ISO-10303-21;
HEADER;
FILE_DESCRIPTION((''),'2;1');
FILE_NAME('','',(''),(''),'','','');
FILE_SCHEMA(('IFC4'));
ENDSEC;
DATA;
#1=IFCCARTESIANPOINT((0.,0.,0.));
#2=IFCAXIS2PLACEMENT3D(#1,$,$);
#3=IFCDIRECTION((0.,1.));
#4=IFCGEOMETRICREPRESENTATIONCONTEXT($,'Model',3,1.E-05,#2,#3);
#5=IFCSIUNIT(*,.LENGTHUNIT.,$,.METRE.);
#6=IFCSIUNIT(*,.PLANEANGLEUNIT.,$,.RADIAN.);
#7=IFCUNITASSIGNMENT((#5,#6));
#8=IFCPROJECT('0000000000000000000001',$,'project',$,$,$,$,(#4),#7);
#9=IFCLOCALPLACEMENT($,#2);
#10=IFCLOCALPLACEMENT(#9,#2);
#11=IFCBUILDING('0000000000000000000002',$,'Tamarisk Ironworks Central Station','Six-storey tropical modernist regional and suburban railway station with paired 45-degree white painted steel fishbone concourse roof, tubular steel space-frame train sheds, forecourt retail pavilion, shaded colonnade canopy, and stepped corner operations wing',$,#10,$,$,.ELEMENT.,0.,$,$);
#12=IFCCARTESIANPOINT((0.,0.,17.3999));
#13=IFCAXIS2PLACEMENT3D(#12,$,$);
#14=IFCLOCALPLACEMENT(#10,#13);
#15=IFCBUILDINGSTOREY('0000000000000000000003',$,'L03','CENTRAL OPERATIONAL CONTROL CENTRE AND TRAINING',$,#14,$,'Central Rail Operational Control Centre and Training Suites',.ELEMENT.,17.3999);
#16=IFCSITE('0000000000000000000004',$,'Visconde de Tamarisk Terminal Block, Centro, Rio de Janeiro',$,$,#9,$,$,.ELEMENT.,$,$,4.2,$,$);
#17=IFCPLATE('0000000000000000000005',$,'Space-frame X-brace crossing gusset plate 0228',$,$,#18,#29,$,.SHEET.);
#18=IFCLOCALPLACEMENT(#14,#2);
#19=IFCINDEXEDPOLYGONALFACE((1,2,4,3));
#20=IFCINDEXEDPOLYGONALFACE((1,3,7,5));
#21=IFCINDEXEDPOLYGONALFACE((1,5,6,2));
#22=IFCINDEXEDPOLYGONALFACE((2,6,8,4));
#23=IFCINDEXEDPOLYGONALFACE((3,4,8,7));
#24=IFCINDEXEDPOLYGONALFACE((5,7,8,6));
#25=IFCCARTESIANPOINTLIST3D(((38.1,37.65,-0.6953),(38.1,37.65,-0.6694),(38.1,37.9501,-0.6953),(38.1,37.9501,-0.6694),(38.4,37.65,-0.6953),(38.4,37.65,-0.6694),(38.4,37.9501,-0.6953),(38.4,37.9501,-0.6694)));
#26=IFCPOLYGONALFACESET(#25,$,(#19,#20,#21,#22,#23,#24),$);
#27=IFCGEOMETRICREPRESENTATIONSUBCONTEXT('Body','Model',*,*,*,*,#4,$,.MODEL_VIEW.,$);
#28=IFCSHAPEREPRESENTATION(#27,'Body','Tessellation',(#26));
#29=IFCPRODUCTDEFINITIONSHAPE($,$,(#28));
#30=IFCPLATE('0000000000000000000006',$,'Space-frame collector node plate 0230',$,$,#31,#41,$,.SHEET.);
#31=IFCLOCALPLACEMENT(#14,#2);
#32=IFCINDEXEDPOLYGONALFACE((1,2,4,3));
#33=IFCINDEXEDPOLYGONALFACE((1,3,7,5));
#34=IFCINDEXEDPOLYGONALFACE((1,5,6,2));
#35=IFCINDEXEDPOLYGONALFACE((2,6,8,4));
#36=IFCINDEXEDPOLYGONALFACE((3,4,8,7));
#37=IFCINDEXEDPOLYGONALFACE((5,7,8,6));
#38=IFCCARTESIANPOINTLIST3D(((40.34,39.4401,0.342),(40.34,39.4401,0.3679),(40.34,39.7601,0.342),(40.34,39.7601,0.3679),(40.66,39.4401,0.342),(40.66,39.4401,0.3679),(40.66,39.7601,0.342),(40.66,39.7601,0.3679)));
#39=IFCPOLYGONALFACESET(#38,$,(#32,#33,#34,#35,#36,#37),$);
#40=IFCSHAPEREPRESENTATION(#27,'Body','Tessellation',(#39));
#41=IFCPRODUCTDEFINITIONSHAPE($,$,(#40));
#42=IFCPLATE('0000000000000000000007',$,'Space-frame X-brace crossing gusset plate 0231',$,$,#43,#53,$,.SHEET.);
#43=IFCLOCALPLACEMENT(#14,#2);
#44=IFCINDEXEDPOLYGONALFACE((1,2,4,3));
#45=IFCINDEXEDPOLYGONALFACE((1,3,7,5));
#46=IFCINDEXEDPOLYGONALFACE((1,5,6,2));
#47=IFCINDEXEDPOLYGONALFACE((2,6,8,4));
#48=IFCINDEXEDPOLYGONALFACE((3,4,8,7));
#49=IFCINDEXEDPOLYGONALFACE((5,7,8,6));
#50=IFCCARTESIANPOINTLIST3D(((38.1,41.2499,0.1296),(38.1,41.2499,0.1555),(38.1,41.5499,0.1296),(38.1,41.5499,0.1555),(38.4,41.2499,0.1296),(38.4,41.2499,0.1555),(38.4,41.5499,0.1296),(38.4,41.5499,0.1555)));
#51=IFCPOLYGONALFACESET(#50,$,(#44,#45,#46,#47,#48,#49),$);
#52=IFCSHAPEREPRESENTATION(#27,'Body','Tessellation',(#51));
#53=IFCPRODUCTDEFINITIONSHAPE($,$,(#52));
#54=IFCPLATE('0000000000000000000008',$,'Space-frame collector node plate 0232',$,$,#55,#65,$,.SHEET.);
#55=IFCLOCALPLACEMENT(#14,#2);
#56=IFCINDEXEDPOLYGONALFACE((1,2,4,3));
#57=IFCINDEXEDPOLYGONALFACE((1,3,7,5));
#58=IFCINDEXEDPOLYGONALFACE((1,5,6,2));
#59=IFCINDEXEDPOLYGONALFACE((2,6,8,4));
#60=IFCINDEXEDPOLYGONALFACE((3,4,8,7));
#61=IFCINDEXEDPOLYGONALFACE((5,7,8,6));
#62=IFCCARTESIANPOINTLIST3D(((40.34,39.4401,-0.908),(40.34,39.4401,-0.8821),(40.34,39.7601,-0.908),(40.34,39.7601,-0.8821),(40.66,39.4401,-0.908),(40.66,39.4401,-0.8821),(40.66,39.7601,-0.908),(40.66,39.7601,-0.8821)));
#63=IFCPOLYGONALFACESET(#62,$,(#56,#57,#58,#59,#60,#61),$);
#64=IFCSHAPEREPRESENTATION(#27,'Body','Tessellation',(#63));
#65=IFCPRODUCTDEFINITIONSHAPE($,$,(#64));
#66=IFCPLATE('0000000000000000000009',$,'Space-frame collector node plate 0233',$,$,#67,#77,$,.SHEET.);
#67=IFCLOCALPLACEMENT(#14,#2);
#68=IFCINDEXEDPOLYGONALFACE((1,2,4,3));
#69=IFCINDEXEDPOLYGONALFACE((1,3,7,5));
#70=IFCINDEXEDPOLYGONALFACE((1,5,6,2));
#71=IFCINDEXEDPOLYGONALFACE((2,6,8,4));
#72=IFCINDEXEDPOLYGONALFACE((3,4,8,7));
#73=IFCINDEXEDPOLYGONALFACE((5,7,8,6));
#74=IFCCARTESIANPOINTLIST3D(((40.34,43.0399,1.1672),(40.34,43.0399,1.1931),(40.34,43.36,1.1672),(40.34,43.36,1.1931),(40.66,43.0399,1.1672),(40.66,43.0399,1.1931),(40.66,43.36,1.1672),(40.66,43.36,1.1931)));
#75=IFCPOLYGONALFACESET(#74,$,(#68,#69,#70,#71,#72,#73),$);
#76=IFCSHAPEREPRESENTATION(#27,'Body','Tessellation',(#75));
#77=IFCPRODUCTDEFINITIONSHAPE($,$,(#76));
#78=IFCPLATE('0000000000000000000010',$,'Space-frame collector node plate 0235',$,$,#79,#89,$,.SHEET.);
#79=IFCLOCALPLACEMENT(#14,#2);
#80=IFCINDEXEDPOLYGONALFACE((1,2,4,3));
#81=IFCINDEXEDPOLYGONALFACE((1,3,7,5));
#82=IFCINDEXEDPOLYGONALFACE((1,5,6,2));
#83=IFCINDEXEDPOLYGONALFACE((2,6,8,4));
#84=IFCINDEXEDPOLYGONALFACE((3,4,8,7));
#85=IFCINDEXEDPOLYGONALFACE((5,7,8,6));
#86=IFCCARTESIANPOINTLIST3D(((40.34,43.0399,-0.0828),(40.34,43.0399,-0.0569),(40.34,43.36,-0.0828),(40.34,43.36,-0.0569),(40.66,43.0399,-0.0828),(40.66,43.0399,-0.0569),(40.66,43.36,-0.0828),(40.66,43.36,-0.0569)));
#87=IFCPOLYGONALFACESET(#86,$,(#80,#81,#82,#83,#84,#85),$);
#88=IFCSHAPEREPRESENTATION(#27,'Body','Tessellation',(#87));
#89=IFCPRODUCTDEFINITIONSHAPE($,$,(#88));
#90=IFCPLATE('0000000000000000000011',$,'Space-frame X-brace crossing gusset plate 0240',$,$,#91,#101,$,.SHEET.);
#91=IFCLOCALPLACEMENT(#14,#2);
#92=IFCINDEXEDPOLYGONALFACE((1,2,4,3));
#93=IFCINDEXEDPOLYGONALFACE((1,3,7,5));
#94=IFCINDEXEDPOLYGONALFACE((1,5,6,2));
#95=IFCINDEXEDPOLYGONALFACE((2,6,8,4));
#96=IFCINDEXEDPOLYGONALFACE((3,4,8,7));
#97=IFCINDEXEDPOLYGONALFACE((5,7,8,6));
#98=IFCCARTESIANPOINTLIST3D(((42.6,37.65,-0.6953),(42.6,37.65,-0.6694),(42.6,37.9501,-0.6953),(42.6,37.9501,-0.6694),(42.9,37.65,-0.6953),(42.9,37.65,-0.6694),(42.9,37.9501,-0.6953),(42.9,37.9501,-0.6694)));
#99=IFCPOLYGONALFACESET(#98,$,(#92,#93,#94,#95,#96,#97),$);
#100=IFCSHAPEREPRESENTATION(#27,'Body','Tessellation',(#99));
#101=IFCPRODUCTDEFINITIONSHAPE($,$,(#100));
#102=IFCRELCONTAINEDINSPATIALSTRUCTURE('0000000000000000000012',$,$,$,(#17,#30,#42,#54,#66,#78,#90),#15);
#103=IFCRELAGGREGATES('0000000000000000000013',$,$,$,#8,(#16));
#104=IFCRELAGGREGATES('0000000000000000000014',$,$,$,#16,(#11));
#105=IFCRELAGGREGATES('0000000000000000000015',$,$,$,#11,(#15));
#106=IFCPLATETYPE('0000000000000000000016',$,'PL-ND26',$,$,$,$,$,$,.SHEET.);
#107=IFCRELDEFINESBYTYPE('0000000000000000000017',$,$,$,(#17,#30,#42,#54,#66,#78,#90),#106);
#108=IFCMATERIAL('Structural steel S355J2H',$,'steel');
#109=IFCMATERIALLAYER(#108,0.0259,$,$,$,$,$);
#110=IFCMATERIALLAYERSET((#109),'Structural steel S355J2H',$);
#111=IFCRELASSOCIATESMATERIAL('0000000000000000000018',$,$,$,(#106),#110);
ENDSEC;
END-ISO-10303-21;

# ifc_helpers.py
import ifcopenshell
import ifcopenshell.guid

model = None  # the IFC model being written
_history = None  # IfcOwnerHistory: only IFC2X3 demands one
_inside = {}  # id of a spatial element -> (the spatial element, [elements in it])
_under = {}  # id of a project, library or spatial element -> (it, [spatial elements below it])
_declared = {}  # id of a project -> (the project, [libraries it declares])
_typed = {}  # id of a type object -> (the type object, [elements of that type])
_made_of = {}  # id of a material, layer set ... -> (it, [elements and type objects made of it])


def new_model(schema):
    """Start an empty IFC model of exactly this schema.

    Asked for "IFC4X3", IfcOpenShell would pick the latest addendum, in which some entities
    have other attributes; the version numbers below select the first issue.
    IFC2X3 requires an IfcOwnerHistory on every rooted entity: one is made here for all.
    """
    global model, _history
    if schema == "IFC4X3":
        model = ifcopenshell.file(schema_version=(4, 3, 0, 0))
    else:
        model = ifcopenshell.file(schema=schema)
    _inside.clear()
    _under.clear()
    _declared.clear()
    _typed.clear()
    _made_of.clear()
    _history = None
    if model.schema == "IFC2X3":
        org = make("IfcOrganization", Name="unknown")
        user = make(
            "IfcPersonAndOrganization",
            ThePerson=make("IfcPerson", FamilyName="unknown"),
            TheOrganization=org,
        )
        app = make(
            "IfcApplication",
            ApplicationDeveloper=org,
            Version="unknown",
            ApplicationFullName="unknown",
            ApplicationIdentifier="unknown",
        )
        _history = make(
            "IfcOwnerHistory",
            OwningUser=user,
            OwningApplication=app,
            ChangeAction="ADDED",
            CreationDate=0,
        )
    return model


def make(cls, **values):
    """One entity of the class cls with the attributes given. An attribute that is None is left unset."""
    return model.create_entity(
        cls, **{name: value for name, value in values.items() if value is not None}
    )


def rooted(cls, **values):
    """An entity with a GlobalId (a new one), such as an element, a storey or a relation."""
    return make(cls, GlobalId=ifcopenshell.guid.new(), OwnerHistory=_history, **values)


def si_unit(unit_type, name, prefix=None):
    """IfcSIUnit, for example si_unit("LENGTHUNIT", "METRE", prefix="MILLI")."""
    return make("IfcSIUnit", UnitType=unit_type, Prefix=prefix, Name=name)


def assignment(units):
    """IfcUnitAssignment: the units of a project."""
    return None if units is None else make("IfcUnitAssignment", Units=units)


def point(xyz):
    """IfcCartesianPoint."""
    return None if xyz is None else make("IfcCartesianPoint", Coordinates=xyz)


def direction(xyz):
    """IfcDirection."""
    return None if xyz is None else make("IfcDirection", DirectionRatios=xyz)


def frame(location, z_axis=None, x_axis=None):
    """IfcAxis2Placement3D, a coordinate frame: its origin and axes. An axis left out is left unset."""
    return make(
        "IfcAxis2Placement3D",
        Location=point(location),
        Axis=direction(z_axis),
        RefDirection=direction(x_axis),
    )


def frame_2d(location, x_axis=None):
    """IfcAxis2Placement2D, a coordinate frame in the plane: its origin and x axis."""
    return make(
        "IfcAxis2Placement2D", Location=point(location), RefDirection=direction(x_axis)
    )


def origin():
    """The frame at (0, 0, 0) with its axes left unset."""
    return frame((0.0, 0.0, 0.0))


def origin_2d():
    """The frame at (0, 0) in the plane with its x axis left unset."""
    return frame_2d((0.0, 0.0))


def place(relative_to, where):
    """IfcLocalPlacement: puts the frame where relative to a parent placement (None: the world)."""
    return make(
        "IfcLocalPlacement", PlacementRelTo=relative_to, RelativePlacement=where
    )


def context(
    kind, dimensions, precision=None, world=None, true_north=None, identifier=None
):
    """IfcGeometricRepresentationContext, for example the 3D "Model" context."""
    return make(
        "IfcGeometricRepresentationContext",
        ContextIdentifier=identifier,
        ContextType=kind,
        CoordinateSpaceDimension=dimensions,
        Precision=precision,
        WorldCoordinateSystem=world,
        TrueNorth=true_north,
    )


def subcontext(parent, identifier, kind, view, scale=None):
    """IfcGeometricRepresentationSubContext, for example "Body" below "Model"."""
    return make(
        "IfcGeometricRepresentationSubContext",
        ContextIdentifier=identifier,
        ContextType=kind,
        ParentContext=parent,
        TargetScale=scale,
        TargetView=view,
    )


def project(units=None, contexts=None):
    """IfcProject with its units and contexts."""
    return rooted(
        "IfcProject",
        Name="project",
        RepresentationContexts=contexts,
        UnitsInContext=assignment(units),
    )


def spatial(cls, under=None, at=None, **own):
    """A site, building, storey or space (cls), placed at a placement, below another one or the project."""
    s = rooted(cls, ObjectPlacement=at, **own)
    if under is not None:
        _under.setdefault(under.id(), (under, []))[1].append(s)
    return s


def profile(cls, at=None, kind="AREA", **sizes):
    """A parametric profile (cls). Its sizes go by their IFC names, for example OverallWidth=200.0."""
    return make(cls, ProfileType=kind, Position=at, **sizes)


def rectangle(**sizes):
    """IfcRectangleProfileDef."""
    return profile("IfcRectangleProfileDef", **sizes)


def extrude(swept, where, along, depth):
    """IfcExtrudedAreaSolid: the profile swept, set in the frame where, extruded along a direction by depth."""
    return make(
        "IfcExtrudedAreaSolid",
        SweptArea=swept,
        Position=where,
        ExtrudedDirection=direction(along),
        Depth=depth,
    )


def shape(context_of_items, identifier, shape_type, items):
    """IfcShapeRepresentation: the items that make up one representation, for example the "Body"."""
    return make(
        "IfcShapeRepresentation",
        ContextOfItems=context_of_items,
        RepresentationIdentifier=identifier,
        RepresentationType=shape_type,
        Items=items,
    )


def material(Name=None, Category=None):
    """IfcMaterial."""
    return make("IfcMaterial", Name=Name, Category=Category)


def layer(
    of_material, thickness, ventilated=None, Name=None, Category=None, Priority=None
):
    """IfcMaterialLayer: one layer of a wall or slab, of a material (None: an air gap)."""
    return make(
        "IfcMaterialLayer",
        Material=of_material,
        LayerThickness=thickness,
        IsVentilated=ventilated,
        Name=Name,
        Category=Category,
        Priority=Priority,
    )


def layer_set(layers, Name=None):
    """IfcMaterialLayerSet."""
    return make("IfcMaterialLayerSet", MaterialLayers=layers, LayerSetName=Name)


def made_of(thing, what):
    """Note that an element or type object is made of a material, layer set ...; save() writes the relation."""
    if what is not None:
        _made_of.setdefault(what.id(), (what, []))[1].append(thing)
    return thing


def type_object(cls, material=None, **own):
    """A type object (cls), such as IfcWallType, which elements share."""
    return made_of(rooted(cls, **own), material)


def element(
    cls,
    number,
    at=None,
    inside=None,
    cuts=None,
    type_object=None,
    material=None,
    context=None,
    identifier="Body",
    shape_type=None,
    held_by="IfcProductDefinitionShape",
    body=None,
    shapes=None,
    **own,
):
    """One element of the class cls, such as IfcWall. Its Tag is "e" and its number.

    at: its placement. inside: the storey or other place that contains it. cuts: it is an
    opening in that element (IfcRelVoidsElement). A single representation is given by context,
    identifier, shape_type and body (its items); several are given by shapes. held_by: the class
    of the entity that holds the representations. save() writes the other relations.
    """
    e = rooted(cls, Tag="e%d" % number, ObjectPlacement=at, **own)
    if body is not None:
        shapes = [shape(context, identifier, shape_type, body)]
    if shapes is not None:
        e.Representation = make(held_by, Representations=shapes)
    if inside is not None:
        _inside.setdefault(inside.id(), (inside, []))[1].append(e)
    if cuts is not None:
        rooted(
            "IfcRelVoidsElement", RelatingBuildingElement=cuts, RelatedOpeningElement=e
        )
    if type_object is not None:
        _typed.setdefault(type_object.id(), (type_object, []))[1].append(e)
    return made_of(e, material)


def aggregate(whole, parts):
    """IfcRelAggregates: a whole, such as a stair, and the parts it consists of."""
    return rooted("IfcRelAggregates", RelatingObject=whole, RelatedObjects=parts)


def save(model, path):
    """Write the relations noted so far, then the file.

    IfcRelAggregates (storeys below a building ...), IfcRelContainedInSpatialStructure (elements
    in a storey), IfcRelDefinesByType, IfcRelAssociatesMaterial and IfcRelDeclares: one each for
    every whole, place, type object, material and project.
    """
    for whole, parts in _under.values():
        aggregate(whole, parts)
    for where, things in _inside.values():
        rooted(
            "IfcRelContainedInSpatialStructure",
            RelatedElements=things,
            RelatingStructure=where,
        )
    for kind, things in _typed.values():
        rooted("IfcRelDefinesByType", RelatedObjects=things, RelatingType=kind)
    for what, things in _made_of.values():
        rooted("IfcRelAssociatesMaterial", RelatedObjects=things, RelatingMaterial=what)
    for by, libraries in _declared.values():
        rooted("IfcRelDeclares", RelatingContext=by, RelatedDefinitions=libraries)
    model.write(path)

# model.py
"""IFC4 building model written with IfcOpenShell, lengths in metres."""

from ifc_helpers import new_model, si_unit, direction, frame, origin, origin_2d, place, context, subcontext, project, spatial, rectangle, extrude, material, layer, layer_set, type_object, element, save


model = new_model("IFC4")

# Units and contexts
model_context = context("Model", 3, precision=1e-05, world=origin(), true_north=direction((0.0, 1.0)))
body_context = subcontext(model_context, "Body", "Model", "MODEL_VIEW")
ifc_project = project(units=[si_unit("LENGTHUNIT", "METRE"), si_unit("PLANEANGLEUNIT", "RADIAN")], contexts=[model_context])

# Site, building, storey
site_placement = place(None, origin())
site = spatial("IfcSite", under=ifc_project, at=site_placement, Name="Visconde de Tamarisk Terminal Block, Centro, Rio de Janeiro", CompositionType="ELEMENT", RefElevation=4.2)
building_placement = place(site_placement, origin())
building = spatial("IfcBuilding", under=site, at=building_placement, Name="Tamarisk Ironworks Central Station", Description="Six-storey tropical modernist regional and suburban railway station with paired 45-degree white painted steel fishbone concourse roof, tubular steel space-frame train sheds, forecourt retail pavilion, shaded colonnade canopy, and stepped corner operations wing", CompositionType="ELEMENT", ElevationOfRefHeight=0.0)
storey_placement = place(building_placement, frame((0.0, 0.0, 17.3999)))
storey = spatial("IfcBuildingStorey", under=building, at=storey_placement, Name="L03", Description="CENTRAL OPERATIONAL CONTROL CENTRE AND TRAINING", LongName="Central Rail Operational Control Centre and Training Suites", CompositionType="ELEMENT", Elevation=17.3999)

# Shared definitions
ifc_material = material(Name="Structural steel S355J2H", Category="steel")

# Plates
ifc_layer = layer(ifc_material, 0.0259)
ifc_layer_set = layer_set([ifc_layer], Name="Structural steel S355J2H")
plate_type = type_object("IfcPlateType", Name="PL-ND26", PredefinedType="SHEET", material=ifc_layer_set)
plate_1_placement = place(storey_placement, frame((38.25, 37.8, -0.6953), z_axis=(0.0, 0.0, 1.0), x_axis=(1.0, 0.0, 0.0)))
element("IfcPlate", 1, at=plate_1_placement, inside=storey, type_object=plate_type, Name="Space-frame X-brace crossing gusset plate 0228", PredefinedType="SHEET", context=body_context, shape_type="SweptSolid", body=[
    extrude(rectangle(XDim=0.3, YDim=0.3, at=origin_2d()), origin(), (0.0, 0.0, 1.0), 0.0259),
])
plate_2_placement = place(storey_placement, frame((40.5, 39.6001, 0.342), z_axis=(0.0, 0.0, 1.0), x_axis=(1.0, 0.0, 0.0)))
element("IfcPlate", 2, at=plate_2_placement, inside=storey, type_object=plate_type, Name="Space-frame collector node plate 0230", PredefinedType="SHEET", context=body_context, shape_type="SweptSolid", body=[
    extrude(rectangle(XDim=0.3201, YDim=0.3201, at=origin_2d()), origin(), (0.0, 0.0, 1.0), 0.0259),
])
plate_3_placement = place(storey_placement, frame((38.25, 41.3999, 0.1296), z_axis=(0.0, 0.0, 1.0), x_axis=(1.0, 0.0, 0.0)))
element("IfcPlate", 3, at=plate_3_placement, inside=storey, type_object=plate_type, Name="Space-frame X-brace crossing gusset plate 0231", PredefinedType="SHEET", context=body_context, shape_type="SweptSolid", body=[
    extrude(rectangle(XDim=0.3, YDim=0.3, at=origin_2d()), origin(), (0.0, 0.0, 1.0), 0.0259),
])
for number, where, z_axis, x_axis, name in (
    (4, (40.5, 39.6001, -0.908), (0.0, 0.0, 1.0), (1.0, 0.0, 0.0), "Space-frame collector node plate 0232"),
    (5, (40.5, 43.2, 1.1672), (0.0, 0.0, 1.0), (1.0, 0.0, 0.0), "Space-frame collector node plate 0233"),
    (6, (40.5, 43.2, -0.0828), (0.0, 0.0, 1.0), (1.0, 0.0, 0.0), "Space-frame collector node plate 0235"),
):
    element("IfcPlate", number, at=place(storey_placement, frame(where, z_axis=z_axis, x_axis=x_axis)), inside=storey, type_object=plate_type, Name=name, PredefinedType="SHEET", context=body_context, shape_type="SweptSolid", body=[
        extrude(rectangle(XDim=0.3201, YDim=0.3201, at=origin_2d()), origin(), (0.0, 0.0, 1.0), 0.0259),
    ])
plate_4_placement = place(storey_placement, frame((42.75, 37.8, -0.6953), z_axis=(0.0, 0.0, 1.0), x_axis=(1.0, 0.0, 0.0)))
element("IfcPlate", 7, at=plate_4_placement, inside=storey, type_object=plate_type, Name="Space-frame X-brace crossing gusset plate 0240", PredefinedType="SHEET", context=body_context, shape_type="SweptSolid", body=[
    extrude(rectangle(XDim=0.3, YDim=0.3, at=origin_2d()), origin(), (0.0, 0.0, 1.0), 0.0259),
])

save(model, "model.ifc")
